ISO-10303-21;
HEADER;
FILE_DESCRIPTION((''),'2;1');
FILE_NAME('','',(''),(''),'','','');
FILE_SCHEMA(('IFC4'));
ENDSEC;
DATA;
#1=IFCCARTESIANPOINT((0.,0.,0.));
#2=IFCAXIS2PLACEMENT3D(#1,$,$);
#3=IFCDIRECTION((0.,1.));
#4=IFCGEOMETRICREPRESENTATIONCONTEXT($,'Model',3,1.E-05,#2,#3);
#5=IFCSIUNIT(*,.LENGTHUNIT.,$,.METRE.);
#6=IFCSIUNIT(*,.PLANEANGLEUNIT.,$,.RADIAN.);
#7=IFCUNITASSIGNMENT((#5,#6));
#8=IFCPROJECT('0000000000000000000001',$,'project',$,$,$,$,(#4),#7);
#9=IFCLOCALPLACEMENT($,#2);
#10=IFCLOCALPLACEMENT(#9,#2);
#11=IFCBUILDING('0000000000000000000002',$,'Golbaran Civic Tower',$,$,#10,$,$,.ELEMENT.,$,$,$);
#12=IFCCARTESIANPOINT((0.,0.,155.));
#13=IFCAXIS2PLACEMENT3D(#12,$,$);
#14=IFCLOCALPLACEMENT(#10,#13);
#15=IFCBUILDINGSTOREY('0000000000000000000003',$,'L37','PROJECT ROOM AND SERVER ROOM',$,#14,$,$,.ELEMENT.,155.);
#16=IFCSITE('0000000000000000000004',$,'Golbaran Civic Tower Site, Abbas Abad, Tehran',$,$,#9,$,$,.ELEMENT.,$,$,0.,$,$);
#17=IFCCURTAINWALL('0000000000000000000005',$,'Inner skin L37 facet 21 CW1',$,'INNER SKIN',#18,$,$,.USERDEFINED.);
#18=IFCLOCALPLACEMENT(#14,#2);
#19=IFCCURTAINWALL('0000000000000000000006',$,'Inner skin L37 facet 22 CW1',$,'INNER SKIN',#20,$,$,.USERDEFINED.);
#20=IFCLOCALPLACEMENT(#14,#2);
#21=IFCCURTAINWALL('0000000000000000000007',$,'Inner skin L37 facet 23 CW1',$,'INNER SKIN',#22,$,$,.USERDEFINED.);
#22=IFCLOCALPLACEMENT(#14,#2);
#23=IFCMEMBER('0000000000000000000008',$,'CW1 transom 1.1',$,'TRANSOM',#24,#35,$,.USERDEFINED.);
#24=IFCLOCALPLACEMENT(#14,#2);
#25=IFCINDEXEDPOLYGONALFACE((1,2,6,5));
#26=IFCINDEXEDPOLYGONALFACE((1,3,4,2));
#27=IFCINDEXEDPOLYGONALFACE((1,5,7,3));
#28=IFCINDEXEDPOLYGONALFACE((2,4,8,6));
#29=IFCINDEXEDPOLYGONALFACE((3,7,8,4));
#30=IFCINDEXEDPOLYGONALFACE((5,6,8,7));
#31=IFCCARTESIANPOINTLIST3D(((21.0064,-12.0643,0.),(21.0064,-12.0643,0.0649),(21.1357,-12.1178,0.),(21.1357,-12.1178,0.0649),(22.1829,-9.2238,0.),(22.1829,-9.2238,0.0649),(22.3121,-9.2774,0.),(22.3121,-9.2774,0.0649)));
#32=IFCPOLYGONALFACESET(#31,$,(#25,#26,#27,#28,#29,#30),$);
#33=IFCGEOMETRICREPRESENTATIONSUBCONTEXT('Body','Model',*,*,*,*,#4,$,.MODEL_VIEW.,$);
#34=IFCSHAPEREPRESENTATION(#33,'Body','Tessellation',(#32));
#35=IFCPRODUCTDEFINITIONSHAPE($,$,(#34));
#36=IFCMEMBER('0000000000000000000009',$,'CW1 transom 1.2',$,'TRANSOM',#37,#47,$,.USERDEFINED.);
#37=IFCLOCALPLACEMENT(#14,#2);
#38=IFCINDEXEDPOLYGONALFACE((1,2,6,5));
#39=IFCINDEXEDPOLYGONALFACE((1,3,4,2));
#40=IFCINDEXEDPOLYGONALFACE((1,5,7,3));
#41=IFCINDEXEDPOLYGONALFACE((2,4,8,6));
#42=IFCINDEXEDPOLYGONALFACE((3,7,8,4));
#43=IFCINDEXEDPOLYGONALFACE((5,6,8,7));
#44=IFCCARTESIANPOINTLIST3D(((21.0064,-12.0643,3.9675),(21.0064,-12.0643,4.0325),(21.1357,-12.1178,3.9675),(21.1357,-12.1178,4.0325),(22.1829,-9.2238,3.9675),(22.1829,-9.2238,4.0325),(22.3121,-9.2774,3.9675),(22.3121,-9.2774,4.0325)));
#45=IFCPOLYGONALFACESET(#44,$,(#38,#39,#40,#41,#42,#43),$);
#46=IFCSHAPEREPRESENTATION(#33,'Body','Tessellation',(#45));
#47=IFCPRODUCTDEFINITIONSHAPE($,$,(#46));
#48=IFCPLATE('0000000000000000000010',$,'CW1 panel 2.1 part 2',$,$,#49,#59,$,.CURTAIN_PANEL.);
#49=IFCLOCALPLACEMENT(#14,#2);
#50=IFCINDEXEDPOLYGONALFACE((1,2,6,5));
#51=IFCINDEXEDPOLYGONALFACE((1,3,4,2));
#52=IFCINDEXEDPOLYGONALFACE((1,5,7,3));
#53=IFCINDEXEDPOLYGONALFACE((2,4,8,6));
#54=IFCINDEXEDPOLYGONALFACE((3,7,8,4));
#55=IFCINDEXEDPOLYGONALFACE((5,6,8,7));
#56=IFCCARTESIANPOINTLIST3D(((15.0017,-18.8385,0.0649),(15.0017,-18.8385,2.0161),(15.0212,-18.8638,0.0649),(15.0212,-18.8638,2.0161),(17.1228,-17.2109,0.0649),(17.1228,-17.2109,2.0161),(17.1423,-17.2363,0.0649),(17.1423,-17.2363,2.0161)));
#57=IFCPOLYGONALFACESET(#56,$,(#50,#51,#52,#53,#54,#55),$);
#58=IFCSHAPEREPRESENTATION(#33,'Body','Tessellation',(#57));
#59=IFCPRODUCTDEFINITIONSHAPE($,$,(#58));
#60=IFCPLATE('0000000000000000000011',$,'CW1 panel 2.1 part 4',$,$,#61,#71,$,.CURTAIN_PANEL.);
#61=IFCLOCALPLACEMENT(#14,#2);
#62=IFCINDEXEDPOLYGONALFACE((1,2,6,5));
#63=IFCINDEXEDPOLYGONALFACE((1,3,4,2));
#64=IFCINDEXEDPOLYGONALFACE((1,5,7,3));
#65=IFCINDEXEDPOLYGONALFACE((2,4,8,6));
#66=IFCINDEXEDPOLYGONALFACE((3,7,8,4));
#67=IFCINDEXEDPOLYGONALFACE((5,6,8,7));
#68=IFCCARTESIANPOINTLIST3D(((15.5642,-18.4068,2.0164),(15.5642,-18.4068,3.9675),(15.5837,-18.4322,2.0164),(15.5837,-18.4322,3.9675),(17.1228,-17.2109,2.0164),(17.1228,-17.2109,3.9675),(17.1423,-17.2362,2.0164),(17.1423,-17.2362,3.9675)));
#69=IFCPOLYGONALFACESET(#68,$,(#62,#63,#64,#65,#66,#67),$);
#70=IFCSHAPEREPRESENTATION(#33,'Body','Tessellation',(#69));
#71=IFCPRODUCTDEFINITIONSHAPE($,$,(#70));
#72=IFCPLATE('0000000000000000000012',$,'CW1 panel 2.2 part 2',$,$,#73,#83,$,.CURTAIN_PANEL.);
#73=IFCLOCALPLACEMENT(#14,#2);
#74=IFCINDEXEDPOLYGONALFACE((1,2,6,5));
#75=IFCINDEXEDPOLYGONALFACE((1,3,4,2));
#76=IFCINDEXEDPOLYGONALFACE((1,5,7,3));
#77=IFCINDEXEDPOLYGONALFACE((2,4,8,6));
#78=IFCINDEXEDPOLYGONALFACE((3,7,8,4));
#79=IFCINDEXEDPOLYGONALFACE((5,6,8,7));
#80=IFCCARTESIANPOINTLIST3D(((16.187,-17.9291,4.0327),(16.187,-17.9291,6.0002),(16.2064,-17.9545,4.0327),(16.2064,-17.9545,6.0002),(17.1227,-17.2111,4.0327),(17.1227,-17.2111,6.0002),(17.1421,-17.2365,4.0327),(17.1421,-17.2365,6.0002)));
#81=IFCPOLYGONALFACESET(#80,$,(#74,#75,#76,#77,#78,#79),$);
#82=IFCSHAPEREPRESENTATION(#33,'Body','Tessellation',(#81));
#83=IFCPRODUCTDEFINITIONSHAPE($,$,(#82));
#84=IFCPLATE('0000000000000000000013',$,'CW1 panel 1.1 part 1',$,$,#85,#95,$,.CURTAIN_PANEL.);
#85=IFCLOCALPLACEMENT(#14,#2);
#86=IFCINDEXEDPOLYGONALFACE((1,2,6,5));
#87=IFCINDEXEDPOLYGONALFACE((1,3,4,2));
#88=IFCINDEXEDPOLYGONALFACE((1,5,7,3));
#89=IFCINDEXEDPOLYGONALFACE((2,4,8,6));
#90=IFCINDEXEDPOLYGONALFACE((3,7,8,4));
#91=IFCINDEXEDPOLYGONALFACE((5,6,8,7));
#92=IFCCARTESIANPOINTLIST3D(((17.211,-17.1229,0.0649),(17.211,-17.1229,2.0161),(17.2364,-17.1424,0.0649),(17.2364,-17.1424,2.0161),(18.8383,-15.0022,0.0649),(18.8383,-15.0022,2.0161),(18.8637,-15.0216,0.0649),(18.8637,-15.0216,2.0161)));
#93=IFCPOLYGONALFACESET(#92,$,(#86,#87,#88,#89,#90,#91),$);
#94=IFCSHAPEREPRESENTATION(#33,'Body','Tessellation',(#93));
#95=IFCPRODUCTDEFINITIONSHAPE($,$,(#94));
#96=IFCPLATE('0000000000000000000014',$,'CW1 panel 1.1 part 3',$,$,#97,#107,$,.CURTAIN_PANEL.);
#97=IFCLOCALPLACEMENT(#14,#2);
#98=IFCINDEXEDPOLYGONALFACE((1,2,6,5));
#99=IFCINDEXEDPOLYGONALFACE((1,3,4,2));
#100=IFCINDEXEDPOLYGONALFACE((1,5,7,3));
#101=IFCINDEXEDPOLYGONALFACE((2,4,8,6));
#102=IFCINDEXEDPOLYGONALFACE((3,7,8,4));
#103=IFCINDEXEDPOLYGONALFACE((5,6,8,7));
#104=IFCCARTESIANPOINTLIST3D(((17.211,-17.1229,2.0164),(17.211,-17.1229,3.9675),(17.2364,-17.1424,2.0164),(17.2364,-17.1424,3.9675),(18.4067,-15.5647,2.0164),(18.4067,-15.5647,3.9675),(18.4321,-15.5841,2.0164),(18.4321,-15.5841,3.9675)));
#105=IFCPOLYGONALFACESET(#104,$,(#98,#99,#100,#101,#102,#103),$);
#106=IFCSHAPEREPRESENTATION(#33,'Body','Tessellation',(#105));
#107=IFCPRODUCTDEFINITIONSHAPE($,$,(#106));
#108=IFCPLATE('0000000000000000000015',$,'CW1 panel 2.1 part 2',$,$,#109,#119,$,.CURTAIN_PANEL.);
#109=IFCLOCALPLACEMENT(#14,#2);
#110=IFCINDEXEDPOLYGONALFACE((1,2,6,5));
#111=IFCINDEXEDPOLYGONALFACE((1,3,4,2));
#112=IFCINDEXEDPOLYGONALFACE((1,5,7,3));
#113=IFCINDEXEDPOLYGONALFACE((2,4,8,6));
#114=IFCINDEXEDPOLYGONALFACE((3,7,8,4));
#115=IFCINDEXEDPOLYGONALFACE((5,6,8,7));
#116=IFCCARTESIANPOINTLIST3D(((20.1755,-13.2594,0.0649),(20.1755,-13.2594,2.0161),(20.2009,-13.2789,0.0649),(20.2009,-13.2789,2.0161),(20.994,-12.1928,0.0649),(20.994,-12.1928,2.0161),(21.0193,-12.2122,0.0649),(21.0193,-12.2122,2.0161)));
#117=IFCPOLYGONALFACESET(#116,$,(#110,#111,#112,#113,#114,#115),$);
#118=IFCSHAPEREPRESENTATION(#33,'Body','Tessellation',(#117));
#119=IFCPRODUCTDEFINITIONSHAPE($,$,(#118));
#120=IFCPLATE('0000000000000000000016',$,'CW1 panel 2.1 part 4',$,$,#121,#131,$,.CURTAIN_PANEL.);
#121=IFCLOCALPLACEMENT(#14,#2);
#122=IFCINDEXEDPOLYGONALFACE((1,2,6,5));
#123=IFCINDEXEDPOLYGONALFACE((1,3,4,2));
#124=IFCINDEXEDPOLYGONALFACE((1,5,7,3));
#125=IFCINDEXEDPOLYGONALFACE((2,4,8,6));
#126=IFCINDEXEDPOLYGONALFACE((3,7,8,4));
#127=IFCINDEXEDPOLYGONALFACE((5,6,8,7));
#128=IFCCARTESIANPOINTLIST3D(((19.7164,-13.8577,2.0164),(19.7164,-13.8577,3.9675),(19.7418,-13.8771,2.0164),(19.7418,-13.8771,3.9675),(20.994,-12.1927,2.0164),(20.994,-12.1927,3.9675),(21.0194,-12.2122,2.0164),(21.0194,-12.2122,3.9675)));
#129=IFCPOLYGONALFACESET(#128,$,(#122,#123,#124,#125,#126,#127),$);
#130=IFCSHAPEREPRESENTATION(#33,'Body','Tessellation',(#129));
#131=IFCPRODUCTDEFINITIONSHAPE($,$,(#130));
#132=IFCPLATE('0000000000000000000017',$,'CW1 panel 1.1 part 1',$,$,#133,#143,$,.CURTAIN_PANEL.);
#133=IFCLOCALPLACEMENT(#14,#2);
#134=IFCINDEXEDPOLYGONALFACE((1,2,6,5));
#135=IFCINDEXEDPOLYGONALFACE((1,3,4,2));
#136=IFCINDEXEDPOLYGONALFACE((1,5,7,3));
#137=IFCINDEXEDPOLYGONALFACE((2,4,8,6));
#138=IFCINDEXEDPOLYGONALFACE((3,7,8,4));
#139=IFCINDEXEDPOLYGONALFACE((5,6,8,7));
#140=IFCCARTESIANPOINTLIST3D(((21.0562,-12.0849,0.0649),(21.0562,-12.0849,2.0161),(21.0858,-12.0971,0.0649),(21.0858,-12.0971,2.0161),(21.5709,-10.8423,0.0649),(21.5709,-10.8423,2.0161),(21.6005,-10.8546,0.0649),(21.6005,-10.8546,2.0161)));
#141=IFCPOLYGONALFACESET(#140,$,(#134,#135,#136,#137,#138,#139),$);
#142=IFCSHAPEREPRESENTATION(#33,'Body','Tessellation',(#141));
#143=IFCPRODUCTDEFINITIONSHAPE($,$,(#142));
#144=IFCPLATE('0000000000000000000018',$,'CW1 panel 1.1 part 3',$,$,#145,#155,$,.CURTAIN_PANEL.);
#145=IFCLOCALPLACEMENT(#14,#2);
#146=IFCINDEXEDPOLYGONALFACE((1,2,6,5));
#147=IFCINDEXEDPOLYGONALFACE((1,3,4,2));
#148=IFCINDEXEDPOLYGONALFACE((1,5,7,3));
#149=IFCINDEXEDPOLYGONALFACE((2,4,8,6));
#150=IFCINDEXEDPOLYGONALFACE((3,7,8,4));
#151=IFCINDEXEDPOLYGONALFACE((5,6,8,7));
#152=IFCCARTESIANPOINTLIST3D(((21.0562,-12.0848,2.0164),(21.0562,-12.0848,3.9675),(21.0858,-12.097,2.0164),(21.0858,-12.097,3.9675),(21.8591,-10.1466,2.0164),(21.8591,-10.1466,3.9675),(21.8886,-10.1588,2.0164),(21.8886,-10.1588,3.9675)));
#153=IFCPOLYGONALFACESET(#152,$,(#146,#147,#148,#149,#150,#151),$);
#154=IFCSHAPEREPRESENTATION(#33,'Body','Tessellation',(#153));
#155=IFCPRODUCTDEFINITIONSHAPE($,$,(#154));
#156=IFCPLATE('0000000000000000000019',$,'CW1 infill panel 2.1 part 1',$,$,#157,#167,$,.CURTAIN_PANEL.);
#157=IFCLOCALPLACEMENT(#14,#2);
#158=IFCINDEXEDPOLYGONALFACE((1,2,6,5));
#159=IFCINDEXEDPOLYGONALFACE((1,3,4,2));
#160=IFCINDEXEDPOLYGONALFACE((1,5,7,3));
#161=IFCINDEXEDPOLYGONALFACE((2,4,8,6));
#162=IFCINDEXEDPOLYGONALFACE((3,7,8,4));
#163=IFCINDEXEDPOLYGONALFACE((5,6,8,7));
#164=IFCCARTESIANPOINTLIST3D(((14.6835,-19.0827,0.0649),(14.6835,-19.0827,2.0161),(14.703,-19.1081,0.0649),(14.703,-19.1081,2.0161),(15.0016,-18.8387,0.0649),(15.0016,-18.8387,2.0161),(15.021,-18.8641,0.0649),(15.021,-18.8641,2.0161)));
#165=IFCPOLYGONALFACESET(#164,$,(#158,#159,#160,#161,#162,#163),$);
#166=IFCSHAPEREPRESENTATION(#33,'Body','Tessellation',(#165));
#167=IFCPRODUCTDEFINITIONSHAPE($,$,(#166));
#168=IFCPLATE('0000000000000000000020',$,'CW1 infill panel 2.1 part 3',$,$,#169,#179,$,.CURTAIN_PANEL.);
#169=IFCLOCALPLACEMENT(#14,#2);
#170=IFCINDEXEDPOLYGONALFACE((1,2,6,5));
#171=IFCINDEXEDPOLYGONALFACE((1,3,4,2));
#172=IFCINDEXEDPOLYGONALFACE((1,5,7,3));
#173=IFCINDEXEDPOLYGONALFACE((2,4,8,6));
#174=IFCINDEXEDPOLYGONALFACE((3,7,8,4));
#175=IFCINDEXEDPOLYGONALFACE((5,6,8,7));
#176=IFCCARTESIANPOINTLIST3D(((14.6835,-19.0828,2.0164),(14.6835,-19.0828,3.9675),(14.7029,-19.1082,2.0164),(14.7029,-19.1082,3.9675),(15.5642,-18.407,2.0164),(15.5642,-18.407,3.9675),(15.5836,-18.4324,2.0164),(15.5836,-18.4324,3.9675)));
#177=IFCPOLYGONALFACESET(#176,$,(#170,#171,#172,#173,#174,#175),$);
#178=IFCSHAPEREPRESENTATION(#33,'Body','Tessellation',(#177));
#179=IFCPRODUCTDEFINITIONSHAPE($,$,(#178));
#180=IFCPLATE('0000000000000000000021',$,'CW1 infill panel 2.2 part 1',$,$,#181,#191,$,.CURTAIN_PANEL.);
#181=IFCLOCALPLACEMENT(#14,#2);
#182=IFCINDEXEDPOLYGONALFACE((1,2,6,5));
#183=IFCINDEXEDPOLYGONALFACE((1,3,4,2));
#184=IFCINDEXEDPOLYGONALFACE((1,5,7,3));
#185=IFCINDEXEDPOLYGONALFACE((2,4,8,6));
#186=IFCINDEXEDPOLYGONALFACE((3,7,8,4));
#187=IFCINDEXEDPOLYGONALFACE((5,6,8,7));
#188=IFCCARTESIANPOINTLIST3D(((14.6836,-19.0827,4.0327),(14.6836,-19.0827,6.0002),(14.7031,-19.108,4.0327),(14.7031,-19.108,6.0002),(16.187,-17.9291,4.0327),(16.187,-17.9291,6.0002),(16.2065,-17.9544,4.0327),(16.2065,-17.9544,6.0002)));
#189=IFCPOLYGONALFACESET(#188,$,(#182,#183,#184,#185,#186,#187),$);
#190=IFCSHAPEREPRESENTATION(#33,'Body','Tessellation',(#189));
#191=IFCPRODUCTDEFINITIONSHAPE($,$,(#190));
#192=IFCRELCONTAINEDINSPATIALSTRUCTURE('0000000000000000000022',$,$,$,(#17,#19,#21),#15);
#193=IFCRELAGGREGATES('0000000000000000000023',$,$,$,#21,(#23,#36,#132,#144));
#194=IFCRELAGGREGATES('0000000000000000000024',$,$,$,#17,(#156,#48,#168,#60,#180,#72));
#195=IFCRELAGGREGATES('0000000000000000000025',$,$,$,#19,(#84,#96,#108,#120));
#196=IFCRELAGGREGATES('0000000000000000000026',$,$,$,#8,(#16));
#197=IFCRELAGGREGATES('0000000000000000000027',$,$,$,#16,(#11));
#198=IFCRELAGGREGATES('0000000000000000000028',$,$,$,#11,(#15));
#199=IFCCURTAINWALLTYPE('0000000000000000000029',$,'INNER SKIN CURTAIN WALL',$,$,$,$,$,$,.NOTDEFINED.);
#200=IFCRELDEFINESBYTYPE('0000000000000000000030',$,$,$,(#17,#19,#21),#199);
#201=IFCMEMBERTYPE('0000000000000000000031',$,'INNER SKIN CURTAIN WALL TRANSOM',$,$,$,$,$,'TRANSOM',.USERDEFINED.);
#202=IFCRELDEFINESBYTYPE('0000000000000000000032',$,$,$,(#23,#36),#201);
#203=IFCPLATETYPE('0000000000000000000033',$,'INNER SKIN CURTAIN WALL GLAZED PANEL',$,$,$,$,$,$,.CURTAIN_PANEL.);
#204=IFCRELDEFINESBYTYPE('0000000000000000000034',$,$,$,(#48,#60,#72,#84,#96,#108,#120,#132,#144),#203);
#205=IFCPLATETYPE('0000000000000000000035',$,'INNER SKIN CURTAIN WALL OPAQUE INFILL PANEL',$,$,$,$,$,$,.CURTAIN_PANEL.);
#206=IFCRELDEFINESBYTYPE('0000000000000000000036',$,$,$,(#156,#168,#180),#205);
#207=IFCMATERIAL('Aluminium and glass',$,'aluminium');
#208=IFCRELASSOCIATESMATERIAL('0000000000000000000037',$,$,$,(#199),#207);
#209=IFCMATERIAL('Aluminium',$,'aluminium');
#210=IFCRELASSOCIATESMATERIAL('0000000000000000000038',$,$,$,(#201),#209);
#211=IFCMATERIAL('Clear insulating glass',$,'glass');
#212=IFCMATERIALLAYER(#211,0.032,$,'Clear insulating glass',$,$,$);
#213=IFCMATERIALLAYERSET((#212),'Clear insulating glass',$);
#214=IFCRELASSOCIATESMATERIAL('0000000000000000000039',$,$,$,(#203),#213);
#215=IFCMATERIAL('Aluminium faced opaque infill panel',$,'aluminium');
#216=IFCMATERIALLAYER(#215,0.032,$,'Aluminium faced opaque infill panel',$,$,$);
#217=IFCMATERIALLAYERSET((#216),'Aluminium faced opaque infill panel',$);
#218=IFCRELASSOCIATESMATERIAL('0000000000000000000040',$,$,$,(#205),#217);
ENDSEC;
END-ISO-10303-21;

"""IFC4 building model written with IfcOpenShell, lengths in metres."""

from ifc_helpers import new_model, si_unit, direction, frame, origin, origin_2d, place, context, subcontext, project, spatial, rectangle, extrude, material, layer, layer_set, material_profile, profile_set, type_object, element, aggregate, save


model = new_model("IFC4")

# Units and contexts
model_context = context("Model", 3, precision=1e-05, world=origin(), true_north=direction((0.0, 1.0)))
body_context = subcontext(model_context, "Body", "Model", "MODEL_VIEW")
ifc_project = project(units=[si_unit("LENGTHUNIT", "METRE"), si_unit("PLANEANGLEUNIT", "RADIAN")], contexts=[model_context])

# Site, building, storey
site_placement = place(None, origin())
site = spatial("IfcSite", under=ifc_project, at=site_placement, Name="Golbaran Civic Tower Site, Abbas Abad, Tehran", CompositionType="ELEMENT", RefElevation=0.0)
building_placement = place(site_placement, origin())
building = spatial("IfcBuilding", under=site, at=building_placement, Name="Golbaran Civic Tower", CompositionType="ELEMENT")
storey_placement = place(building_placement, frame((0.0, 0.0, 155.0)))
storey = spatial("IfcBuildingStorey", under=building, at=storey_placement, Name="L37", Description="PROJECT ROOM AND SERVER ROOM", CompositionType="ELEMENT", Elevation=155.0)

# Curtain wall
ifc_material_1 = material(Name="Aluminium and glass", Category="aluminium")
curtain_wall_type = type_object("IfcCurtainWallType", Name="INNER SKIN CURTAIN WALL", PredefinedType="NOTDEFINED", material=ifc_material_1)
curtain_wall_1_placement = place(storey_placement, origin())
curtain_wall_1 = element("IfcCurtainWall", 1, at=curtain_wall_1_placement, inside=storey, type_object=curtain_wall_type, Name="Inner skin L37 facet 21 CW1", ObjectType="INNER SKIN", PredefinedType="USERDEFINED")
ifc_material_2 = material(Name="Aluminium", Category="aluminium")

# Curtain wall
curtain_wall_2_placement = place(storey_placement, origin())
curtain_wall_2 = element("IfcCurtainWall", 2, at=curtain_wall_2_placement, inside=storey, type_object=curtain_wall_type, Name="Inner skin L37 facet 22 CW1", ObjectType="INNER SKIN", PredefinedType="USERDEFINED")

# Curtain wall
curtain_wall_3_placement = place(storey_placement, origin())
curtain_wall_3 = element("IfcCurtainWall", 3, at=curtain_wall_3_placement, inside=storey, type_object=curtain_wall_type, Name="Inner skin L37 facet 23 CW1", ObjectType="INNER SKIN", PredefinedType="USERDEFINED")

# Members
ifc_material_profile_1 = material_profile(ifc_material_2, rectangle(XDim=0.1399, YDim=0.0649, at=origin_2d()), Name="INNER SKIN CURTAIN WALL TRANSOM")
ifc_profile_set_1 = profile_set([ifc_material_profile_1], Name="Aluminium")
member_type_1 = type_object("IfcMemberType", Name="INNER SKIN CURTAIN WALL TRANSOM", ElementType="TRANSOM", PredefinedType="USERDEFINED", material=ifc_profile_set_1)
member_1_placement = place(storey_placement, frame((21.071, -12.0911, 0.0325), z_axis=(0.382658, 0.92389, 0.0), x_axis=(-0.92389, 0.382658, 0.0)))
member_1 = element("IfcMember", 4, at=member_1_placement, type_object=member_type_1, Name="CW1 transom 1.1", ObjectType="TRANSOM", PredefinedType="USERDEFINED", context=body_context, shape_type="SweptSolid", body=[
    extrude(rectangle(XDim=0.1399, YDim=0.0649, at=origin_2d()), origin(), (0.0, 0.0, 1.0), 3.0745),
])
member_2_placement = place(storey_placement, frame((21.071, -12.0911, 4.0), z_axis=(0.382658, 0.92389, 0.0), x_axis=(-0.92389, 0.382658, 0.0)))
member_2 = element("IfcMember", 5, at=member_2_placement, type_object=member_type_1, Name="CW1 transom 1.2", ObjectType="TRANSOM", PredefinedType="USERDEFINED", context=body_context, shape_type="SweptSolid", body=[
    extrude(rectangle(XDim=0.1399, YDim=0.0649, at=origin_2d()), origin(), (0.0, 0.0, 1.0), 3.0745),
])

# Plates
ifc_material_3 = material(Name="Clear insulating glass", Category="glass")
ifc_layer_1 = layer(ifc_material_3, 0.032, Name="Clear insulating glass")
ifc_layer_set_1 = layer_set([ifc_layer_1], Name="Clear insulating glass")
plate_type_1 = type_object("IfcPlateType", Name="INNER SKIN CURTAIN WALL GLAZED PANEL", PredefinedType="CURTAIN_PANEL", material=ifc_layer_set_1)
plate_1_placement = place(storey_placement, frame((16.072, -18.0374, 0.0649), z_axis=(0.0, 0.0, 1.0), x_axis=(0.793353, 0.608761, 0.0)))
plate_1 = element("IfcPlate", 6, at=plate_1_placement, type_object=plate_type_1, Name="CW1 panel 2.1 part 2", PredefinedType="CURTAIN_PANEL", context=body_context, shape_type="SweptSolid", body=[
    extrude(rectangle(XDim=2.6736, YDim=0.032, at=origin_2d()), origin(), (0.0, 0.0, 1.0), 1.9512),
])
plate_2_placement = place(storey_placement, frame((16.3533, -17.8215, 2.0164), z_axis=(0.0, 0.0, 1.0), x_axis=(0.793353, 0.608761, 0.0)))
plate_2 = element("IfcPlate", 7, at=plate_2_placement, type_object=plate_type_1, Name="CW1 panel 2.1 part 4", PredefinedType="CURTAIN_PANEL", context=body_context, shape_type="SweptSolid", body=[
    extrude(rectangle(XDim=1.9646, YDim=0.032, at=origin_2d()), origin(), (0.0, 0.0, 1.0), 1.9512),
])
plate_3_placement = place(storey_placement, frame((16.6646, -17.5828, 4.0327), z_axis=(0.0, 0.0, 1.0), x_axis=(0.793353, 0.608761, 0.0)))
plate_3 = element("IfcPlate", 8, at=plate_3_placement, type_object=plate_type_1, Name="CW1 panel 2.2 part 2", PredefinedType="CURTAIN_PANEL", context=body_context, shape_type="SweptSolid", body=[
    extrude(rectangle(XDim=1.1794, YDim=0.032, at=origin_2d()), origin(), (0.0, 0.0, 1.0), 1.9675),
])
plate_4_placement = place(storey_placement, frame((18.0374, -16.0723, 0.0649), z_axis=(0.0, 0.0, 1.0), x_axis=(0.608761, 0.793353, 0.0)))
plate_4 = element("IfcPlate", 9, at=plate_4_placement, type_object=plate_type_1, Name="CW1 panel 1.1 part 1", PredefinedType="CURTAIN_PANEL", context=body_context, shape_type="SweptSolid", body=[
    extrude(rectangle(XDim=2.6731, YDim=0.032, at=origin_2d()), origin(), (0.0, 0.0, 1.0), 1.9512),
])
plate_5_placement = place(storey_placement, frame((17.8215, -16.3535, 2.0164), z_axis=(0.0, 0.0, 1.0), x_axis=(0.608761, 0.793353, 0.0)))
plate_5 = element("IfcPlate", 10, at=plate_5_placement, type_object=plate_type_1, Name="CW1 panel 1.1 part 3", PredefinedType="CURTAIN_PANEL", context=body_context, shape_type="SweptSolid", body=[
    extrude(rectangle(XDim=1.9641, YDim=0.032, at=origin_2d()), origin(), (0.0, 0.0, 1.0), 1.9512),
])
plate_6_placement = place(storey_placement, frame((20.5974, -12.7358, 0.0649), z_axis=(0.0, 0.0, 1.0), x_axis=(0.608761, 0.793353, 0.0)))
plate_6 = element("IfcPlate", 11, at=plate_6_placement, type_object=plate_type_1, Name="CW1 panel 2.1 part 2", PredefinedType="CURTAIN_PANEL", context=body_context, shape_type="SweptSolid", body=[
    extrude(rectangle(XDim=1.3445, YDim=0.032, at=origin_2d()), origin(), (0.0, 0.0, 1.0), 1.9512),
])
plate_7_placement = place(storey_placement, frame((20.3679, -13.0349, 2.0164), z_axis=(0.0, 0.0, 1.0), x_axis=(0.608761, 0.793353, 0.0)))
plate_7 = element("IfcPlate", 12, at=plate_7_placement, type_object=plate_type_1, Name="CW1 panel 2.1 part 4", PredefinedType="CURTAIN_PANEL", context=body_context, shape_type="SweptSolid", body=[
    extrude(rectangle(XDim=2.0986, YDim=0.032, at=origin_2d()), origin(), (0.0, 0.0, 1.0), 1.9512),
])
plate_8_placement = place(storey_placement, frame((21.3284, -11.4697, 0.0649), z_axis=(0.0, 0.0, 1.0), x_axis=(0.382683, 0.92388, 0.0)))
plate_8 = element("IfcPlate", 13, at=plate_8_placement, type_object=plate_type_1, Name="CW1 panel 1.1 part 1", PredefinedType="CURTAIN_PANEL", context=body_context, shape_type="SweptSolid", body=[
    extrude(rectangle(XDim=1.345, YDim=0.032, at=origin_2d()), origin(), (0.0, 0.0, 1.0), 1.9512),
])
plate_9_placement = place(storey_placement, frame((21.4724, -11.1218, 2.0164), z_axis=(0.0, 0.0, 1.0), x_axis=(0.382683, 0.92388, 0.0)))
plate_9 = element("IfcPlate", 14, at=plate_9_placement, type_object=plate_type_1, Name="CW1 panel 1.1 part 3", PredefinedType="CURTAIN_PANEL", context=body_context, shape_type="SweptSolid", body=[
    extrude(rectangle(XDim=2.0979, YDim=0.032, at=origin_2d()), origin(), (0.0, 0.0, 1.0), 1.9512),
])
aggregate(curtain_wall_3, [member_1, member_2, plate_8, plate_9])
ifc_material_4 = material(Name="Aluminium faced opaque infill panel", Category="aluminium")
ifc_layer_2 = layer(ifc_material_4, 0.032, Name="Aluminium faced opaque infill panel")
ifc_layer_set_2 = layer_set([ifc_layer_2], Name="Aluminium faced opaque infill panel")
plate_type_2 = type_object("IfcPlateType", Name="INNER SKIN CURTAIN WALL OPAQUE INFILL PANEL", PredefinedType="CURTAIN_PANEL", material=ifc_layer_set_2)
plate_10_placement = place(storey_placement, frame((14.8523, -18.9734, 0.0649), z_axis=(0.0, 0.0, 1.0), x_axis=(0.793353, 0.608761, 0.0)))
plate_10 = element("IfcPlate", 15, at=plate_10_placement, type_object=plate_type_2, Name="CW1 infill panel 2.1 part 1", PredefinedType="CURTAIN_PANEL", context=body_context, shape_type="SweptSolid", body=[
    extrude(rectangle(XDim=0.4009, YDim=0.032, at=origin_2d()), origin(), (0.0, 0.0, 1.0), 1.9512),
])
plate_11_placement = place(storey_placement, frame((15.1335, -18.7576, 2.0164), z_axis=(0.0, 0.0, 1.0), x_axis=(0.793353, 0.608761, 0.0)))
plate_11 = element("IfcPlate", 16, at=plate_11_placement, type_object=plate_type_2, Name="CW1 infill panel 2.1 part 3", PredefinedType="CURTAIN_PANEL", context=body_context, shape_type="SweptSolid", body=[
    extrude(rectangle(XDim=1.1101, YDim=0.032, at=origin_2d()), origin(), (0.0, 0.0, 1.0), 1.9512),
])
plate_12_placement = place(storey_placement, frame((15.4451, -18.5186, 4.0327), z_axis=(0.0, 0.0, 1.0), x_axis=(0.793353, 0.608761, 0.0)))
plate_12 = element("IfcPlate", 17, at=plate_12_placement, type_object=plate_type_2, Name="CW1 infill panel 2.2 part 1", PredefinedType="CURTAIN_PANEL", context=body_context, shape_type="SweptSolid", body=[
    extrude(rectangle(XDim=1.895, YDim=0.032, at=origin_2d()), origin(), (0.0, 0.0, 1.0), 1.9675),
])
aggregate(curtain_wall_1, [plate_10, plate_1, plate_11, plate_2, plate_12, plate_3])
aggregate(curtain_wall_2, [plate_4, plate_5, plate_6, plate_7])

save(model, "model.ifc")
